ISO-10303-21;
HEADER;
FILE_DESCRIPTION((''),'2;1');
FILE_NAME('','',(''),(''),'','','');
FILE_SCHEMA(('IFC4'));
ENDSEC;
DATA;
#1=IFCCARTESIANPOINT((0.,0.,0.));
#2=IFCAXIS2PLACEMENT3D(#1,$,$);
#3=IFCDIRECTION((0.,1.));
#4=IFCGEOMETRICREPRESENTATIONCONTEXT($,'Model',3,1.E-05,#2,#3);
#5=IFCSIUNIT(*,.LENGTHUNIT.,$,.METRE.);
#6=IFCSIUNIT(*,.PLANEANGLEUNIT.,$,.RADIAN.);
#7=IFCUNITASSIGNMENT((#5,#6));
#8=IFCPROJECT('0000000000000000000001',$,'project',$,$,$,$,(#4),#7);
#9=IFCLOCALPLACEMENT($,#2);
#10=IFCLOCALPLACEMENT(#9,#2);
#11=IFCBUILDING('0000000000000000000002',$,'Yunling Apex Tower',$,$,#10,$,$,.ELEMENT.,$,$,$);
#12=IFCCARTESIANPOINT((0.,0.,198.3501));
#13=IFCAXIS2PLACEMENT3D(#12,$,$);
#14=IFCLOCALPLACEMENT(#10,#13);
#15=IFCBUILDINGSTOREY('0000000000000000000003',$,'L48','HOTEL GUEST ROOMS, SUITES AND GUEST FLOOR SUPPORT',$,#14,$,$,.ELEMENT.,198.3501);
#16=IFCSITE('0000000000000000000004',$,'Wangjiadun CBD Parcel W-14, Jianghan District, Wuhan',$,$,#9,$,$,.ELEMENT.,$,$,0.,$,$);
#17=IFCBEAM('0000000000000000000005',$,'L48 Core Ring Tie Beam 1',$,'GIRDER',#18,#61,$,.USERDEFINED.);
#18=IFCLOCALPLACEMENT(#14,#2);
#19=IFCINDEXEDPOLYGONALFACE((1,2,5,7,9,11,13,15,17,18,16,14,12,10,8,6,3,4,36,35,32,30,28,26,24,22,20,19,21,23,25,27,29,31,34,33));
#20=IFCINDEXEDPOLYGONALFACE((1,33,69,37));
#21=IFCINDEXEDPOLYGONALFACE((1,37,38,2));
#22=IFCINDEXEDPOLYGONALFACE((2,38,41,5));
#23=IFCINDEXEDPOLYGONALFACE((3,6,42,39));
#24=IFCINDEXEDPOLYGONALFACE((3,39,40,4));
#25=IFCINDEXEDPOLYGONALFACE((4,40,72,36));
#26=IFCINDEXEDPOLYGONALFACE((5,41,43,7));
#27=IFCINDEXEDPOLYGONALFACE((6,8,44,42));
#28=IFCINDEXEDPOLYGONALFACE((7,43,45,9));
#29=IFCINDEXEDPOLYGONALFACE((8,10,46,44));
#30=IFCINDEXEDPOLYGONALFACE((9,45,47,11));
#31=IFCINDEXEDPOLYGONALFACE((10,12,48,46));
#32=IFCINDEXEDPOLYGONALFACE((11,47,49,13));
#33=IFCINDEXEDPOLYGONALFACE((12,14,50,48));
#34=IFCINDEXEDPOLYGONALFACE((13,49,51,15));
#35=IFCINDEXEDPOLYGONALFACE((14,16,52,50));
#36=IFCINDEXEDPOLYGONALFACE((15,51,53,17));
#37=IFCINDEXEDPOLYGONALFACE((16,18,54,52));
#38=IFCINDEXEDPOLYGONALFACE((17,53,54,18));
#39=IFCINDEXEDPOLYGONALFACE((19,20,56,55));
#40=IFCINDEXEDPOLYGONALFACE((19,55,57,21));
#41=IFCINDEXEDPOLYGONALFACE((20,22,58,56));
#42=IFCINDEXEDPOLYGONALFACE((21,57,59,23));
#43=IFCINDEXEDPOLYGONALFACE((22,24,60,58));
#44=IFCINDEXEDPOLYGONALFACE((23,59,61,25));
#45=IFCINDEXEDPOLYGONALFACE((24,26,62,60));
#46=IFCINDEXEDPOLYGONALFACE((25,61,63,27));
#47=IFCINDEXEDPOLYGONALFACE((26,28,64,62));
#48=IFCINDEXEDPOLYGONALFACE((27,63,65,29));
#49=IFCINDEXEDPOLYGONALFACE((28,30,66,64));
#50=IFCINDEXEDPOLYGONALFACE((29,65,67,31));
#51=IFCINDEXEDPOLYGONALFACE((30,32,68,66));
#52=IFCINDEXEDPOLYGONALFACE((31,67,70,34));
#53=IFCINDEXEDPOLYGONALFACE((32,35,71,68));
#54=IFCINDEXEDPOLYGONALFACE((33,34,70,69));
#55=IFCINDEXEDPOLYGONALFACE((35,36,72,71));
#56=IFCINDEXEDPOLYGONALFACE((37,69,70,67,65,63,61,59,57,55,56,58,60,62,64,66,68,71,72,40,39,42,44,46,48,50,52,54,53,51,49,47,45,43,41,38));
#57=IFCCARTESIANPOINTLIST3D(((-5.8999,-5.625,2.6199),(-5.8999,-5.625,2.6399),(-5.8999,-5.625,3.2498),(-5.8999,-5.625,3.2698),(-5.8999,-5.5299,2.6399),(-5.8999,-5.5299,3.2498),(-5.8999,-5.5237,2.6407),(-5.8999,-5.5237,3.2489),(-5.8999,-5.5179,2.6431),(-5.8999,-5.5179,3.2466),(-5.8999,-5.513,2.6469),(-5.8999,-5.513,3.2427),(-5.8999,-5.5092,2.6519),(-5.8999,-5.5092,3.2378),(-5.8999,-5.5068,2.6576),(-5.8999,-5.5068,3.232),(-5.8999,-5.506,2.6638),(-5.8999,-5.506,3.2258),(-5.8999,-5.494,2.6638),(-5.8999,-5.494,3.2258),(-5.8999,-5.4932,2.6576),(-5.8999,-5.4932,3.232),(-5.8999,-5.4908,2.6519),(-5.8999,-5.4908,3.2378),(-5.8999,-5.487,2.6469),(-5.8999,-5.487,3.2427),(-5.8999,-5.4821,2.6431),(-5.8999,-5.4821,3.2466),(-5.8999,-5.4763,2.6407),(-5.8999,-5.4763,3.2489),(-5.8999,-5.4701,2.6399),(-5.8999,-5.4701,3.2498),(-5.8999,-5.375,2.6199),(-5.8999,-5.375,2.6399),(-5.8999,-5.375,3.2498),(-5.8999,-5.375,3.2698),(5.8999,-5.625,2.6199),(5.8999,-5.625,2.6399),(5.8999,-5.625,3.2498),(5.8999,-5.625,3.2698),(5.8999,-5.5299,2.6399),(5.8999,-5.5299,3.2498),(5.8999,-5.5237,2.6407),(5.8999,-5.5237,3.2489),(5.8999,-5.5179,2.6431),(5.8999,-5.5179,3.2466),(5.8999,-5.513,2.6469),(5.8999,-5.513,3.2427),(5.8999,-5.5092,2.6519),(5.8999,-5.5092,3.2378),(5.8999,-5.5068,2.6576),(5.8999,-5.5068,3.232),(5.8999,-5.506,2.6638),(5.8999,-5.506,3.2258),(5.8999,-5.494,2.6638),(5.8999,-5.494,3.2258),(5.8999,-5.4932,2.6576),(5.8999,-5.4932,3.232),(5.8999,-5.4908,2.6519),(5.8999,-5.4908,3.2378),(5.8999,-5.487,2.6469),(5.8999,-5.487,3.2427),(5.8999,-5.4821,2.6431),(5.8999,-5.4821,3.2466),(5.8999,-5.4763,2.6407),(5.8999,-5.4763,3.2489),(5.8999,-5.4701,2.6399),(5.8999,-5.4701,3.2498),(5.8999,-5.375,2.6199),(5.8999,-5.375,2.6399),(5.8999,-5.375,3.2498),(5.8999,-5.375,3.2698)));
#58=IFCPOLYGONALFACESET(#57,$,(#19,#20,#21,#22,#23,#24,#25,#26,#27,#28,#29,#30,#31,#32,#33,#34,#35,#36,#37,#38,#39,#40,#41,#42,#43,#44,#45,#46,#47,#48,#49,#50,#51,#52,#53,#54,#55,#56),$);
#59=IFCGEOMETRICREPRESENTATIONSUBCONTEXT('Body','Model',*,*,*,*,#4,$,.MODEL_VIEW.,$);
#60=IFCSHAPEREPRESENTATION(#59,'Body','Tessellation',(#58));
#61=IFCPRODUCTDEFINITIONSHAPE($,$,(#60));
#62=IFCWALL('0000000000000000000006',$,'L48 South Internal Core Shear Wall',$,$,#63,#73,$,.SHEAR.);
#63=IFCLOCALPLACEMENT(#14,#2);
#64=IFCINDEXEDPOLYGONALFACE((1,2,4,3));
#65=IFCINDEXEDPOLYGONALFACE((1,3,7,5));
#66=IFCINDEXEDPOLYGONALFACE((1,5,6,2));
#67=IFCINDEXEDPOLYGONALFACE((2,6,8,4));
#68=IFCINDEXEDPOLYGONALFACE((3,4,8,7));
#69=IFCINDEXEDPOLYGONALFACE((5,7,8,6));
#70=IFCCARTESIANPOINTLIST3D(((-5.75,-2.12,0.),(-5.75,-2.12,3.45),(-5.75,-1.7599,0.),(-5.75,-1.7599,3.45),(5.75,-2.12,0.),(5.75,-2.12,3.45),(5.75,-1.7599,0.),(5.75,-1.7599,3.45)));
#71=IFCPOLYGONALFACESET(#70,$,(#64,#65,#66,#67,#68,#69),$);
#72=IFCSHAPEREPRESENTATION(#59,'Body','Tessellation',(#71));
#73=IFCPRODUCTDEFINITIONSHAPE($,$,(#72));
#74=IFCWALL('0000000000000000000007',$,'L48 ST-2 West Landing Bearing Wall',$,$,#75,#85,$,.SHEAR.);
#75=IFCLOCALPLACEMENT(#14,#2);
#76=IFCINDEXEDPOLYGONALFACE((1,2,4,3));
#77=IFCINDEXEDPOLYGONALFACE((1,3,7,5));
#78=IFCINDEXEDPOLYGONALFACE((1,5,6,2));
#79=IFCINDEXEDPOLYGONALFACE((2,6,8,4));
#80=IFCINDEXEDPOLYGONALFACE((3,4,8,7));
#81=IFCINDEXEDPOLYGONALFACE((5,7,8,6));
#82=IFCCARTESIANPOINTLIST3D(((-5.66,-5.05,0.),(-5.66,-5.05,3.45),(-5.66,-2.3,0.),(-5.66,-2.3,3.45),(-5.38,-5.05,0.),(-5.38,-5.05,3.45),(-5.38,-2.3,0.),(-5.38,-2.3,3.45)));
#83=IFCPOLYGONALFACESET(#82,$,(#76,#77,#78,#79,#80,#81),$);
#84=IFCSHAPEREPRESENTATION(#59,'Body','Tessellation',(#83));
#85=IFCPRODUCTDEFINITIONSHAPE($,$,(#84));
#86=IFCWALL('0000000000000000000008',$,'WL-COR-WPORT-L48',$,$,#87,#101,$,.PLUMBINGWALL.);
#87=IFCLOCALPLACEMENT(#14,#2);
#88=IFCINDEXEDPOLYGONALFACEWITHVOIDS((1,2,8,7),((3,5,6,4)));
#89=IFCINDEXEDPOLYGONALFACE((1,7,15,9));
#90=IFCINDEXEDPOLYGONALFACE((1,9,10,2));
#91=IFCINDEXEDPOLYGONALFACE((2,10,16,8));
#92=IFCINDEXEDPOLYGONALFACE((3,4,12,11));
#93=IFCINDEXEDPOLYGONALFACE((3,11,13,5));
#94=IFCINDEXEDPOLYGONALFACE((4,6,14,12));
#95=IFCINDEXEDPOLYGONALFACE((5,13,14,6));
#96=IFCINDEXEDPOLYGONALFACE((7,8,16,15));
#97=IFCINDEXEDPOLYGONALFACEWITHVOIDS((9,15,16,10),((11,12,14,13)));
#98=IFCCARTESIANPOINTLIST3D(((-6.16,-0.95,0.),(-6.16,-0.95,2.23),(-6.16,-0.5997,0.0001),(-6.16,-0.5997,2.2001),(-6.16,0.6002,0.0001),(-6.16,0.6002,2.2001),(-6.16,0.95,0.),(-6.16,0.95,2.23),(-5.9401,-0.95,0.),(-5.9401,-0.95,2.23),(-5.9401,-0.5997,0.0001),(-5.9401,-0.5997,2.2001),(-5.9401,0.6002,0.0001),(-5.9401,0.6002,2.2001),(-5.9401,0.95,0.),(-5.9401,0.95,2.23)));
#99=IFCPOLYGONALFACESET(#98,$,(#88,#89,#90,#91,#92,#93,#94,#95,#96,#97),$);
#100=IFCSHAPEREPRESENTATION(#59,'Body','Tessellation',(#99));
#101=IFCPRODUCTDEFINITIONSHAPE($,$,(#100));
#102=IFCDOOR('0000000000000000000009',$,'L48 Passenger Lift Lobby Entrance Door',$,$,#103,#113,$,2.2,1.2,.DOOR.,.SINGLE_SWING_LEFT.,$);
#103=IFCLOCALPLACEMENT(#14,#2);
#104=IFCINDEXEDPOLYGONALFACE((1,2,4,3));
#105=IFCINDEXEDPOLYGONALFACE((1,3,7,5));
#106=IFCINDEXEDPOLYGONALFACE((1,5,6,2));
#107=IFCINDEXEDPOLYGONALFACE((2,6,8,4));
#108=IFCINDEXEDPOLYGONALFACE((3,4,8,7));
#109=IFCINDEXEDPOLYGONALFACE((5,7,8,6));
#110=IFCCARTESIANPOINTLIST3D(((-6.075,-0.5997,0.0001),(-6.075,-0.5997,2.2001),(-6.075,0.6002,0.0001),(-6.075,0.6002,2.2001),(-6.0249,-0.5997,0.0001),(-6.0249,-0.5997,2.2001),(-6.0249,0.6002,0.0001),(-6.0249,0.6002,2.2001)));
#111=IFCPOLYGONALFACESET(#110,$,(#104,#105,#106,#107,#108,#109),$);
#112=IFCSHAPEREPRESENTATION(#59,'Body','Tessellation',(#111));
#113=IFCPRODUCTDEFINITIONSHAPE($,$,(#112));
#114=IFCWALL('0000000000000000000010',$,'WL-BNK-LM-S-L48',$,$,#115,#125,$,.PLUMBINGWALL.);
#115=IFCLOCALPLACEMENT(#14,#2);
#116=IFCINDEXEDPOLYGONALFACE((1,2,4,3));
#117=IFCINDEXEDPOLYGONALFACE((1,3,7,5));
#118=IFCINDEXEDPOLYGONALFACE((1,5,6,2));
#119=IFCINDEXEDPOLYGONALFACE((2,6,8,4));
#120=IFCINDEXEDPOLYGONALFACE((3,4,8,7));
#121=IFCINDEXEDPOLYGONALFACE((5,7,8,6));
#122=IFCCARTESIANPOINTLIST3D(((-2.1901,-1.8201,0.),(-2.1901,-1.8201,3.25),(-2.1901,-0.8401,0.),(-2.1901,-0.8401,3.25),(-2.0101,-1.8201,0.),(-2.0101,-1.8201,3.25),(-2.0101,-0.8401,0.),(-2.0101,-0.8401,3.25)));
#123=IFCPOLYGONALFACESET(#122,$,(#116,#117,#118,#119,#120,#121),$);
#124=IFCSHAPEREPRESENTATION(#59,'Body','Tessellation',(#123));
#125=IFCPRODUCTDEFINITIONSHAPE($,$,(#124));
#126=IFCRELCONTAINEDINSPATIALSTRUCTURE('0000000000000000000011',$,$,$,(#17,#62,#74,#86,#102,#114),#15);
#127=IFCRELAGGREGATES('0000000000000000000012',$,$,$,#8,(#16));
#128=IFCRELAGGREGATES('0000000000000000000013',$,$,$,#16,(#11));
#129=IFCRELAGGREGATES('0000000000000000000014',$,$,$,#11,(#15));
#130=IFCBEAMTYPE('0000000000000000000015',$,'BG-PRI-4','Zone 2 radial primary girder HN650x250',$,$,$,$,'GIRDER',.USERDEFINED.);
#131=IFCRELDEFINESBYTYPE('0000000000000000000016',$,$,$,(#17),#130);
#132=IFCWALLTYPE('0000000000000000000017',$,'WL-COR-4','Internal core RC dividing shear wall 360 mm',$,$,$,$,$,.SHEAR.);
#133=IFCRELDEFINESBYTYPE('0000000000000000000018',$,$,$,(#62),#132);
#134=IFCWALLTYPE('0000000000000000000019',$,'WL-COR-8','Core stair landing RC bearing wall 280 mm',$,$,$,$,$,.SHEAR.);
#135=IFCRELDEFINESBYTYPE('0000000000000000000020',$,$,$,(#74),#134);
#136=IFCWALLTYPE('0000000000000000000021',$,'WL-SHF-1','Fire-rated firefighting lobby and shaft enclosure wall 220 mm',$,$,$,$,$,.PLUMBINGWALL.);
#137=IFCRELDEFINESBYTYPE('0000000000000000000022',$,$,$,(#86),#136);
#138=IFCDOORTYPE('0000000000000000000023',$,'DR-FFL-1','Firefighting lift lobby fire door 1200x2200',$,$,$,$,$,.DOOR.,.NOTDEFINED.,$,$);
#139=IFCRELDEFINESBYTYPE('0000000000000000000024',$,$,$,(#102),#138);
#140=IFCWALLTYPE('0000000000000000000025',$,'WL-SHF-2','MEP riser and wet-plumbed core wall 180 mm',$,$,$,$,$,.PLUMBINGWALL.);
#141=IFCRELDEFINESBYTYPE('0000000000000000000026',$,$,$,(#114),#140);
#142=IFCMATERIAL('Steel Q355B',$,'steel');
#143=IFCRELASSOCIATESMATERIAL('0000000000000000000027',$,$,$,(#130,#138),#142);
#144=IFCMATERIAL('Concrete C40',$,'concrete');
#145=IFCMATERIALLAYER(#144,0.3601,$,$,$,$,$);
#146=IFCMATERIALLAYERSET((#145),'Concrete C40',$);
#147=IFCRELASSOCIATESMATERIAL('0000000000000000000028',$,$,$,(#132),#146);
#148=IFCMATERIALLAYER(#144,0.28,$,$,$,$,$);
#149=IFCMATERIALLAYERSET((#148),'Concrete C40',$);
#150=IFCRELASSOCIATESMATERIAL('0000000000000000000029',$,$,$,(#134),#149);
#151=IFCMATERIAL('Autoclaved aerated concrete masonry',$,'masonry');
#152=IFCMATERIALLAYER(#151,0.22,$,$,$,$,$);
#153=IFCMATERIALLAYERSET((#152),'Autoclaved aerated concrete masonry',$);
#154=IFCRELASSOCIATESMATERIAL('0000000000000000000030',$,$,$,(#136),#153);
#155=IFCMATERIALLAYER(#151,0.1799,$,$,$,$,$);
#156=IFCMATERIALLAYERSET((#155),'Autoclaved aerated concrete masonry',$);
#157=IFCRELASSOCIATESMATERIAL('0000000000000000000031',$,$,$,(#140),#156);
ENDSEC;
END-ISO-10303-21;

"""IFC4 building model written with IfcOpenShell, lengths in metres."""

from ifc_helpers import new_model, si_unit, direction, frame, frame_2d, origin, origin_2d, place, context, subcontext, project, spatial, rectangle, i_section, extrude, source, transform, mapped, material, layer, layer_set, material_profile, profile_set, type_object, element, fill, save


model = new_model("IFC4")

# Units and contexts
model_context = context("Model", 3, precision=1e-05, world=origin(), true_north=direction((0.0, 1.0)))
body_context = subcontext(model_context, "Body", "Model", "MODEL_VIEW")
ifc_project = project(units=[si_unit("LENGTHUNIT", "METRE"), si_unit("PLANEANGLEUNIT", "RADIAN")], contexts=[model_context])

# Site, building, storey
site_placement = place(None, origin())
site = spatial("IfcSite", under=ifc_project, at=site_placement, Name="Wangjiadun CBD Parcel W-14, Jianghan District, Wuhan", CompositionType="ELEMENT", RefElevation=0.0)
building_placement = place(site_placement, origin())
building = spatial("IfcBuilding", under=site, at=building_placement, Name="Yunling Apex Tower", CompositionType="ELEMENT")
storey_placement = place(building_placement, frame((0.0, 0.0, 198.3501)))
storey = spatial("IfcBuildingStorey", under=building, at=storey_placement, Name="L48", Description="HOTEL GUEST ROOMS, SUITES AND GUEST FLOOR SUPPORT", CompositionType="ELEMENT", Elevation=198.3501)

# Beam
ifc_material_1 = material(Name="Steel Q355B", Category="steel")
ifc_material_profile_1 = material_profile(ifc_material_1, i_section(OverallWidth=0.25, OverallDepth=0.6499, WebThickness=0.012, FlangeThickness=0.02, FilletRadius=0.0239, at=origin_2d()))
ifc_profile_set_1 = profile_set([ifc_material_profile_1], Name="Steel Q355B")
beam_type_1 = type_object("IfcBeamType", Name="BG-PRI-4", Description="Zone 2 radial primary girder HN650x250", ElementType="GIRDER", PredefinedType="USERDEFINED", material=ifc_profile_set_1)
shared_shape_1 = source(origin(), body_context, "Body", "SweptSolid", [
    extrude(i_section(OverallWidth=0.25, OverallDepth=0.6499, WebThickness=0.012, FlangeThickness=0.02, FilletRadius=0.0239, at=origin_2d()), origin(), (0.0, 0.0, 1.0), 11.7998),
])
beam_1_placement = place(storey_placement, frame((-5.8999, -5.5, 2.9448), z_axis=(1.0, 0.0, 0.0), x_axis=(0.0, 1.0, 0.0)))
element("IfcBeam", 1, at=beam_1_placement, inside=storey, type_object=beam_type_1, Name="L48 Core Ring Tie Beam 1", ObjectType="GIRDER", PredefinedType="USERDEFINED", context=body_context, shape_type="MappedRepresentation", body=[
    mapped(shared_shape_1, transform((0.0, 0.0, 0.0), scale=1.0)),
])

# Walls
ifc_material_2 = material(Name="Concrete C40", Category="concrete")
ifc_layer_1 = layer(ifc_material_2, 0.3601)
ifc_layer_set_1 = layer_set([ifc_layer_1], Name="Concrete C40")
wall_type_1 = type_object("IfcWallType", Name="WL-COR-4", Description="Internal core RC dividing shear wall 360 mm", PredefinedType="SHEAR", material=ifc_layer_set_1)
wall_1_placement = place(storey_placement, frame((-5.75, -1.9399, 0.0), z_axis=(0.0, 0.0, 1.0), x_axis=(1.0, 0.0, 0.0)))
element("IfcWall", 2, at=wall_1_placement, inside=storey, type_object=wall_type_1, Name="L48 South Internal Core Shear Wall", PredefinedType="SHEAR", context=body_context, shape_type="SweptSolid", body=[
    extrude(rectangle(XDim=11.5, YDim=0.3601, at=frame_2d((5.75, 0.0))), origin(), (0.0, 0.0, 1.0), 3.45),
])
ifc_layer_2 = layer(ifc_material_2, 0.28)
ifc_layer_set_2 = layer_set([ifc_layer_2], Name="Concrete C40")
wall_type_2 = type_object("IfcWallType", Name="WL-COR-8", Description="Core stair landing RC bearing wall 280 mm", PredefinedType="SHEAR", material=ifc_layer_set_2)
wall_2_placement = place(storey_placement, frame((-5.52, -5.05, 0.0), z_axis=(0.0, 0.0, 1.0), x_axis=(0.0, 1.0, 0.0)))
element("IfcWall", 3, at=wall_2_placement, inside=storey, type_object=wall_type_2, Name="L48 ST-2 West Landing Bearing Wall", PredefinedType="SHEAR", context=body_context, shape_type="SweptSolid", body=[
    extrude(rectangle(XDim=2.75, YDim=0.28, at=frame_2d((1.375, 0.0))), origin(), (0.0, 0.0, 1.0), 3.45),
])

# Wall, opening, door
ifc_material_3 = material(Name="Autoclaved aerated concrete masonry", Category="masonry")
ifc_layer_3 = layer(ifc_material_3, 0.22)
ifc_layer_set_3 = layer_set([ifc_layer_3], Name="Autoclaved aerated concrete masonry")
wall_type_3 = type_object("IfcWallType", Name="WL-SHF-1", Description="Fire-rated firefighting lobby and shaft enclosure wall 220 mm", PredefinedType="PLUMBINGWALL", material=ifc_layer_set_3)
wall_3_placement = place(storey_placement, frame((-6.05, -0.95, 0.0), z_axis=(0.0, 0.0, 1.0), x_axis=(0.0, 1.0, 0.0)))
wall_3 = element("IfcWall", 4, at=wall_3_placement, inside=storey, type_object=wall_type_3, Name="WL-COR-WPORT-L48", PredefinedType="PLUMBINGWALL", context=body_context, shape_type="SweptSolid", body=[
    extrude(rectangle(XDim=1.8999, YDim=0.22, at=frame_2d((0.95, 0.0))), origin(), (0.0, 0.0, 1.0), 2.23),
])
opening_1_placement = place(wall_3_placement, frame((0.3501, 0.0, 0.0)))
opening_1 = element("IfcOpeningElement", 5, at=opening_1_placement, cuts=wall_3, PredefinedType="OPENING", context=body_context, shape_type="SweptSolid", body=[
    extrude(rectangle(XDim=1.2, YDim=2.2, at=frame_2d((0.6001, 1.1001))), frame((0.0, 0.1201, 0.0), z_axis=(0.0, -1.0, 0.0), x_axis=(1.0, 0.0, 0.0)), (0.0, 0.0, 1.0), 0.24),
])
door_type_1 = type_object("IfcDoorType", Name="DR-FFL-1", Description="Firefighting lift lobby fire door 1200x2200", OperationType="NOTDEFINED", PredefinedType="DOOR", material=ifc_material_1)
door_1_placement = place(opening_1_placement, origin())
door_1 = element("IfcDoor", 6, at=door_1_placement, inside=storey, type_object=door_type_1, Name="L48 Passenger Lift Lobby Entrance Door", OperationType="SINGLE_SWING_LEFT", OverallHeight=2.2, OverallWidth=1.2, PredefinedType="DOOR", context=body_context, shape_type="SweptSolid", body=[
    extrude(rectangle(XDim=1.2, YDim=2.2, at=frame_2d((0.6001, 1.1001))), frame((0.0, 0.0249, 0.0), z_axis=(0.0, -1.0, 0.0), x_axis=(1.0, 0.0, 0.0)), (0.0, 0.0, 1.0), 0.05),
])
fill(opening_1, door_1)

# Wall
ifc_layer_4 = layer(ifc_material_3, 0.1799)
ifc_layer_set_4 = layer_set([ifc_layer_4], Name="Autoclaved aerated concrete masonry")
wall_type_4 = type_object("IfcWallType", Name="WL-SHF-2", Description="MEP riser and wet-plumbed core wall 180 mm", PredefinedType="PLUMBINGWALL", material=ifc_layer_set_4)
wall_4_placement = place(storey_placement, frame((-2.1001, -1.8201, 0.0), z_axis=(0.0, 0.0, 1.0), x_axis=(0.0, 1.0, 0.0)))
element("IfcWall", 7, at=wall_4_placement, inside=storey, type_object=wall_type_4, Name="WL-BNK-LM-S-L48", PredefinedType="PLUMBINGWALL", context=body_context, shape_type="SweptSolid", body=[
    extrude(rectangle(XDim=0.98, YDim=0.1799, at=frame_2d((0.49, 0.0))), origin(), (0.0, 0.0, 1.0), 3.25),
])

save(model, "model.ifc")
